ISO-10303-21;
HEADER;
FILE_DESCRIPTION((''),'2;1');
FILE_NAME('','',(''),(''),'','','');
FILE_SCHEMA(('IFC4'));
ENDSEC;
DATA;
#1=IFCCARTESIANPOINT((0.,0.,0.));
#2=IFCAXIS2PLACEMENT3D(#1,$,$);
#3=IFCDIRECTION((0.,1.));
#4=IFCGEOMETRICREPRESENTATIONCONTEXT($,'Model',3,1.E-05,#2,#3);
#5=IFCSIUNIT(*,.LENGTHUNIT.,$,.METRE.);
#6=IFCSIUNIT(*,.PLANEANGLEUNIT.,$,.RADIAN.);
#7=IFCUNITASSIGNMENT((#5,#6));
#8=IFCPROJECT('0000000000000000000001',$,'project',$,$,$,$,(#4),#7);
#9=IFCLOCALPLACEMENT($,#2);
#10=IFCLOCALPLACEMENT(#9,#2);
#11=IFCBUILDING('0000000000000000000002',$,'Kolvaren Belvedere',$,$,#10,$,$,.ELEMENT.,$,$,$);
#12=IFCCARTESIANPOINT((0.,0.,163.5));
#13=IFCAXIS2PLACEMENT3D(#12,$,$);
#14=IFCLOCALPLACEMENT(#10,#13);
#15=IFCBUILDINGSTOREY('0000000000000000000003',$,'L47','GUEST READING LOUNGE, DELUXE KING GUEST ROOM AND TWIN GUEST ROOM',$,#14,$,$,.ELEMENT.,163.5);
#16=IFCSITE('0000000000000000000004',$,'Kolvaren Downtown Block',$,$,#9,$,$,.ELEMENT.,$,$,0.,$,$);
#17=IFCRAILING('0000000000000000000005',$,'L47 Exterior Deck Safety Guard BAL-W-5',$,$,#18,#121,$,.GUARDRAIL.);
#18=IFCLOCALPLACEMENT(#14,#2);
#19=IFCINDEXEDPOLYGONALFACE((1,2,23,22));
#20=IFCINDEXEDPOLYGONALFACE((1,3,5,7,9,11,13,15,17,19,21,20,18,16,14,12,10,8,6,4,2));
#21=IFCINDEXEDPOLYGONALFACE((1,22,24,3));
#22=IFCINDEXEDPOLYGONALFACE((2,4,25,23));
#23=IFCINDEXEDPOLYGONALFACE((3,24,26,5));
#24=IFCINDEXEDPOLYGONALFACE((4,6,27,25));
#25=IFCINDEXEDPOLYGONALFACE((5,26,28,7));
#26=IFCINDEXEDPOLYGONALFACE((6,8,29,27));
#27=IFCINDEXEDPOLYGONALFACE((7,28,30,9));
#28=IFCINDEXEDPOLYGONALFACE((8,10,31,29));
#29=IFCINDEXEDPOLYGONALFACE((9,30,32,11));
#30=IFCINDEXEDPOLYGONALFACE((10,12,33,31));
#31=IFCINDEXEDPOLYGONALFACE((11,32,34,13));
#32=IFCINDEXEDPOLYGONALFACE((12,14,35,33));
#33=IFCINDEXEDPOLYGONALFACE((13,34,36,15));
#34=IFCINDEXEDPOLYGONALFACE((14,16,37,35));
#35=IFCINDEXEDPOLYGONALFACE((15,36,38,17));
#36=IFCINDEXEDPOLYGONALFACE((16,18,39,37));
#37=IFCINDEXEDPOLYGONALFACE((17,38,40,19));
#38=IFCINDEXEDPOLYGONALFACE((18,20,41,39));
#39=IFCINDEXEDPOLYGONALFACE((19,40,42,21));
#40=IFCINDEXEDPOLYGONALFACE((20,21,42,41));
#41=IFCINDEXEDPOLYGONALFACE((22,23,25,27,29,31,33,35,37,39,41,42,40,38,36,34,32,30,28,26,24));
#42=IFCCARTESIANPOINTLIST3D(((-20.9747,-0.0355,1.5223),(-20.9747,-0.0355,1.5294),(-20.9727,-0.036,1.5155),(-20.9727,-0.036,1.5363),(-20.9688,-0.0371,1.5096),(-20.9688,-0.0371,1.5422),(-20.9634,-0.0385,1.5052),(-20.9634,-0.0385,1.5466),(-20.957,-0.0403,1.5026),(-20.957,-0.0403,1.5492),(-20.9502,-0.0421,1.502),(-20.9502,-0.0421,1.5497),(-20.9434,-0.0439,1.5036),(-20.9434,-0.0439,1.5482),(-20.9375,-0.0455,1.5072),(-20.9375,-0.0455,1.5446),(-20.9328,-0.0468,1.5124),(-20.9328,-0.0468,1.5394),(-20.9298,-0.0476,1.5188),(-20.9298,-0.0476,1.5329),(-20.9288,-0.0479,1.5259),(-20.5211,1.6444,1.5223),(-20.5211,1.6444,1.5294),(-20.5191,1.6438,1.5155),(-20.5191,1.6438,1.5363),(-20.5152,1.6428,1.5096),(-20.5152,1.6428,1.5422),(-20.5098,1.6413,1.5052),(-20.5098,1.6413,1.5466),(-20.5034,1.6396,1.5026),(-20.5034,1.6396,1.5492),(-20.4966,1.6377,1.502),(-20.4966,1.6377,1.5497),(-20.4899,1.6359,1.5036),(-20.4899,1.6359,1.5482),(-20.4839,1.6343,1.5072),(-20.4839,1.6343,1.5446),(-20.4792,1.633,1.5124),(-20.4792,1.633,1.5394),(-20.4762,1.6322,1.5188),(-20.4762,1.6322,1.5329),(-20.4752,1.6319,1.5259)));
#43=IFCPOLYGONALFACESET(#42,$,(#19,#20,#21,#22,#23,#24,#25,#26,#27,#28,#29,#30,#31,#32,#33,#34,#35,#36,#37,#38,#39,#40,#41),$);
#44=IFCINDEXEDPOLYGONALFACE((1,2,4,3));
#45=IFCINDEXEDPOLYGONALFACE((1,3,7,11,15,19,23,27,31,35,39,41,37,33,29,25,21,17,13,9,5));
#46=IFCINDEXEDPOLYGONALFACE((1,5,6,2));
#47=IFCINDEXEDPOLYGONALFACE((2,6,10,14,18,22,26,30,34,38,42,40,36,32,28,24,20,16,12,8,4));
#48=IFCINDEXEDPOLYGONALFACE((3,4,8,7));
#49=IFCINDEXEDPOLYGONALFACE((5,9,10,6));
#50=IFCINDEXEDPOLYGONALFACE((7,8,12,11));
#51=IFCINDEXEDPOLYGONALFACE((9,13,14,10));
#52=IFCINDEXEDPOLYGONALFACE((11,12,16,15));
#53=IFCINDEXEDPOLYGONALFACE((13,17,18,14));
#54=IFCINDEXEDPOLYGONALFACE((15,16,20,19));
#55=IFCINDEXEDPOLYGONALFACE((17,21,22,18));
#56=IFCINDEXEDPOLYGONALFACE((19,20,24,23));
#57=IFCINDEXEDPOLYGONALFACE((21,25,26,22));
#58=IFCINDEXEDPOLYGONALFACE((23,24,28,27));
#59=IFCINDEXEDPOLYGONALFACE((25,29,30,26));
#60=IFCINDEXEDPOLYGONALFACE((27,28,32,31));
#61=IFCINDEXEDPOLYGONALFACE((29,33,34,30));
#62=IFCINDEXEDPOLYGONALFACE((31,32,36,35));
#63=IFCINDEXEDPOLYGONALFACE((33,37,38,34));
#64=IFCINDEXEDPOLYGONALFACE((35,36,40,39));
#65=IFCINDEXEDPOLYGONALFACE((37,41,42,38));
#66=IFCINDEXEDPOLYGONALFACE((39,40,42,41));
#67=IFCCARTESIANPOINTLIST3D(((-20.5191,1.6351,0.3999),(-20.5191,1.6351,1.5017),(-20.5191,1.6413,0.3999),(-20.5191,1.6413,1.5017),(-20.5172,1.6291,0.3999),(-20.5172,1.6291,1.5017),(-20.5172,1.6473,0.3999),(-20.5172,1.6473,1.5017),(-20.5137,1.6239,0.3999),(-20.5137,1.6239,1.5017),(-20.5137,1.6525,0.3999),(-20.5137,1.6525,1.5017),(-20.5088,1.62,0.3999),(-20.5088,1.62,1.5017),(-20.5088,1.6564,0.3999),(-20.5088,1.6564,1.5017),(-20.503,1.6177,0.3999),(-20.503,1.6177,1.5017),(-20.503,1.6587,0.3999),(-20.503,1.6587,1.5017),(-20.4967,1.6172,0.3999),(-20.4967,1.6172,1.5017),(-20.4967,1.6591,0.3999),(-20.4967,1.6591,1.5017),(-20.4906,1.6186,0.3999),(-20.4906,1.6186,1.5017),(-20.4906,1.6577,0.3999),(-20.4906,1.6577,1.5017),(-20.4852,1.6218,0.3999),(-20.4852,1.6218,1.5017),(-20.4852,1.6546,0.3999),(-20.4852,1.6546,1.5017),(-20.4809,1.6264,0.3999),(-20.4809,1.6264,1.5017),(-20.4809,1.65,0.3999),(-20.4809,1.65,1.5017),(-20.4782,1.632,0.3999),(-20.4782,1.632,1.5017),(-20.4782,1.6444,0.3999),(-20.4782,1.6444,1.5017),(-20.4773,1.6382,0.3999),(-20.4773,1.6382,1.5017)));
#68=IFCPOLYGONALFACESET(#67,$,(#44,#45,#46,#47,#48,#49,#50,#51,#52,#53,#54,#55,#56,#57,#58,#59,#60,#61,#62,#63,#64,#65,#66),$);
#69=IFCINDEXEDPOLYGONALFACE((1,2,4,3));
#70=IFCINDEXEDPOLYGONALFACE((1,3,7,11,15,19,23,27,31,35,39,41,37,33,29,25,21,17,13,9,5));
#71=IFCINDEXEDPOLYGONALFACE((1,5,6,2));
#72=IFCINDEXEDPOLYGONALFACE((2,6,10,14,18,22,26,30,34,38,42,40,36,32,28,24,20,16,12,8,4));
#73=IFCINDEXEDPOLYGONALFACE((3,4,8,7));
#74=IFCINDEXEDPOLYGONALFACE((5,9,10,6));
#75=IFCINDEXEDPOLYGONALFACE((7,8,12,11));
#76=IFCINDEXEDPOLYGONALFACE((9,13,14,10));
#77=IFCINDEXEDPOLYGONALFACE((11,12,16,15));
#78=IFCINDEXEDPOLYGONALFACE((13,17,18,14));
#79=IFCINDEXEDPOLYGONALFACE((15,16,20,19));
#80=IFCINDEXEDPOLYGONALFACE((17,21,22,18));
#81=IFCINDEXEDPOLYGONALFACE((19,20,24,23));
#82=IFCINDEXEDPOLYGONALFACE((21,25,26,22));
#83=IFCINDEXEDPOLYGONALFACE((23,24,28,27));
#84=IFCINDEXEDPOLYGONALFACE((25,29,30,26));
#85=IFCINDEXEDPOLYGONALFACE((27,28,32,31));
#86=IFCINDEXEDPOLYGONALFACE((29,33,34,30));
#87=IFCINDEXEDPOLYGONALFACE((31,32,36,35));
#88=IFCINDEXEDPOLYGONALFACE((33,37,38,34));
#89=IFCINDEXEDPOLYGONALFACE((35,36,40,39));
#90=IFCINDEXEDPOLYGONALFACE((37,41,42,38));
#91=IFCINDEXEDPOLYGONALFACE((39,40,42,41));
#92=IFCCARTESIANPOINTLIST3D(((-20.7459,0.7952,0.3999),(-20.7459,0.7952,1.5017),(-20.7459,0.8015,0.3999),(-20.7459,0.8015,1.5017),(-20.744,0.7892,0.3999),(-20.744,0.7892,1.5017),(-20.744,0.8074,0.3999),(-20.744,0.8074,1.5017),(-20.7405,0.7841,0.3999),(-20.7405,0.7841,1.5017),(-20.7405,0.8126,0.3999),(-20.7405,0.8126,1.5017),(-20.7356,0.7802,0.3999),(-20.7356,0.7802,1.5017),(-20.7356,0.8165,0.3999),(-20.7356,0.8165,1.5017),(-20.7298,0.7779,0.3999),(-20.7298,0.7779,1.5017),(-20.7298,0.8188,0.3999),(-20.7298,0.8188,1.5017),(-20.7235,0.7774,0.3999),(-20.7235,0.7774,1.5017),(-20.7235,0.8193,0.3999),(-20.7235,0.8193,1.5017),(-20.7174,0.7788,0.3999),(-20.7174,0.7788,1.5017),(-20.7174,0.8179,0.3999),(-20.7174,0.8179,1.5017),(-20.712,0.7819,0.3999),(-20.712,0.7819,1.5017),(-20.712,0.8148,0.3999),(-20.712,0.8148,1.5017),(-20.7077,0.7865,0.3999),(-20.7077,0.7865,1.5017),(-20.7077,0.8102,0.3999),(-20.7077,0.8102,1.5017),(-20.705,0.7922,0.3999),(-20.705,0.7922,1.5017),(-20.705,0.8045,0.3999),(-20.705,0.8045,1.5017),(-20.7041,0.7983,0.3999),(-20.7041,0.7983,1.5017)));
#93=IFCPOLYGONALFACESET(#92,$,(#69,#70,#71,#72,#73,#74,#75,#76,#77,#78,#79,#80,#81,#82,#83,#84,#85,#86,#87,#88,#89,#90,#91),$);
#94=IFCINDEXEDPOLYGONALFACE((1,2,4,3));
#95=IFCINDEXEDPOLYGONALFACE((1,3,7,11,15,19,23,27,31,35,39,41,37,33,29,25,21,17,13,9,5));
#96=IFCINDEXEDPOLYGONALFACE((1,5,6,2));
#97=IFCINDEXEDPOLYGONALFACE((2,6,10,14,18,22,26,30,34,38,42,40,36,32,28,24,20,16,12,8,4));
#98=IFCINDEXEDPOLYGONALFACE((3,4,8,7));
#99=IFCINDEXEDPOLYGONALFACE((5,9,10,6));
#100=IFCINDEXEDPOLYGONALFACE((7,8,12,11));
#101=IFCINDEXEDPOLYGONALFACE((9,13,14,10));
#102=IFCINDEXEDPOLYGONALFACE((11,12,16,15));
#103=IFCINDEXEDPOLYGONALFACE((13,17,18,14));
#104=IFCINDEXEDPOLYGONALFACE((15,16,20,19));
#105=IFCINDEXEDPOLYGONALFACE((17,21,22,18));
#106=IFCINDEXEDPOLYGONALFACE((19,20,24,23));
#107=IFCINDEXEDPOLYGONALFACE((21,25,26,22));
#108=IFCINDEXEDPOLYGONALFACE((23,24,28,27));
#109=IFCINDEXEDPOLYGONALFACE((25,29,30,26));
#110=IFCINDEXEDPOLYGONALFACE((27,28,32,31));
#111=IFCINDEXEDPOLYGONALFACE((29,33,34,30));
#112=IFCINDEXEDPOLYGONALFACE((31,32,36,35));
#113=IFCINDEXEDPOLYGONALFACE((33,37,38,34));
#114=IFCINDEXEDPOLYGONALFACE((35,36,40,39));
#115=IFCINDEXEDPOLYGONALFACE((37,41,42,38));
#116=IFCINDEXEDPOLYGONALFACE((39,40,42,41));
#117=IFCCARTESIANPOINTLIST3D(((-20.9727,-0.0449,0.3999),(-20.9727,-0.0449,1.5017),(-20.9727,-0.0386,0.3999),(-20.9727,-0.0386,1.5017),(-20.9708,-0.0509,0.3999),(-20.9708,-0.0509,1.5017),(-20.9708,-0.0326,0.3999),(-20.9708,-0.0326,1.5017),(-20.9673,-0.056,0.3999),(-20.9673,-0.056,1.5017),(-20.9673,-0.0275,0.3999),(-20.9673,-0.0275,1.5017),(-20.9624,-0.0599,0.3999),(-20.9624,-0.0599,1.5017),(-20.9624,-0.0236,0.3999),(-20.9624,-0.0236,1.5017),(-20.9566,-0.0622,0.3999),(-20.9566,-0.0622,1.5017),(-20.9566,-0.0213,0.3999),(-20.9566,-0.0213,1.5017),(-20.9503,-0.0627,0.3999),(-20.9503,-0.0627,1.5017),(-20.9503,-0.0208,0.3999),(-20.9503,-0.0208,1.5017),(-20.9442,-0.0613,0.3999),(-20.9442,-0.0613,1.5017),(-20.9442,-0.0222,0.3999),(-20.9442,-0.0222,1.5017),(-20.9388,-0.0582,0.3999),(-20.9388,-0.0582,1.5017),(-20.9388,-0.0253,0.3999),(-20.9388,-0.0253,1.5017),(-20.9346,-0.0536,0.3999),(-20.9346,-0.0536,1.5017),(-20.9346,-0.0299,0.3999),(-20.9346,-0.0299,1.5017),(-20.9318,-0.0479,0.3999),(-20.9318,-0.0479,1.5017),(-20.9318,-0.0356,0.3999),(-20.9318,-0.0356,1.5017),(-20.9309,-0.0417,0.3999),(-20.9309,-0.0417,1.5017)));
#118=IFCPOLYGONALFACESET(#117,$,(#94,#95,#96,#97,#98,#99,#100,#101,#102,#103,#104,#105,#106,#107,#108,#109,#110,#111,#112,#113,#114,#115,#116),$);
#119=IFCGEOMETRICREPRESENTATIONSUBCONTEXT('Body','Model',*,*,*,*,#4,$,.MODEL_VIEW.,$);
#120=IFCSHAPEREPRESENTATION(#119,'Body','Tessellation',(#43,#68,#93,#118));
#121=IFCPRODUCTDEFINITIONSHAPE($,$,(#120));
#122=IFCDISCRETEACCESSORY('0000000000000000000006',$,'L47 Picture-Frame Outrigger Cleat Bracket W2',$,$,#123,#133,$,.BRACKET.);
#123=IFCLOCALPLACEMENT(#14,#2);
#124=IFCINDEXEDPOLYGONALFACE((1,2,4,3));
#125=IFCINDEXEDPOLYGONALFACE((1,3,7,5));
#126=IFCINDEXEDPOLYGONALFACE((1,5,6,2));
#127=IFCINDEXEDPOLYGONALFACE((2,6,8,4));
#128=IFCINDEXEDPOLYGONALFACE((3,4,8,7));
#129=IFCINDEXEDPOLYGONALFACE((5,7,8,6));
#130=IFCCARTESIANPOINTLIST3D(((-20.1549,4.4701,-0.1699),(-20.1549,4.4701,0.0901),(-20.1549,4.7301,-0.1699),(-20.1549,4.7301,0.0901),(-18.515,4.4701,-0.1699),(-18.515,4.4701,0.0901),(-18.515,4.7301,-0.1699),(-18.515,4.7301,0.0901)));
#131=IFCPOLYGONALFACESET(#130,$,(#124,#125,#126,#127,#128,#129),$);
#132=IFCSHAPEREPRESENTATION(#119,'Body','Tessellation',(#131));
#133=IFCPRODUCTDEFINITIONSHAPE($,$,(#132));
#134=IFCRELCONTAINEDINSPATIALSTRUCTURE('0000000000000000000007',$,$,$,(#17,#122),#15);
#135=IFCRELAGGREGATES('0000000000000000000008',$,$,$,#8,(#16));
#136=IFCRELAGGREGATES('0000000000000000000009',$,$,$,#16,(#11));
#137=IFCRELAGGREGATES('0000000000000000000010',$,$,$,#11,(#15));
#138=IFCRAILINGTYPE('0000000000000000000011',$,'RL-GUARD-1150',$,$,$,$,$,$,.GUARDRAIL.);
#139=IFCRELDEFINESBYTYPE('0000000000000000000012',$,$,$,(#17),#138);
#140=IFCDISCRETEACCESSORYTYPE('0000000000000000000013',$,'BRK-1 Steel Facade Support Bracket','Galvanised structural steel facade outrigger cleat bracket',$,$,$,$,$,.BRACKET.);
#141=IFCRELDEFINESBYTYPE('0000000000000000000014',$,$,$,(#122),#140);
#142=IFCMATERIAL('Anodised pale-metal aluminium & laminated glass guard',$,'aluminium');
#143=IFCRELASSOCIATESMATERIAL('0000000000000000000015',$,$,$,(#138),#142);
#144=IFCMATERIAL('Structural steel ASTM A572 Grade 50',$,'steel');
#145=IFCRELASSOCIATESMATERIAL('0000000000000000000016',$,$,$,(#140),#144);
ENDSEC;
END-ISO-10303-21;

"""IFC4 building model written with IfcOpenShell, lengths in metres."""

from ifc_helpers import new_model, si_unit, direction, frame, origin, origin_2d, place, context, subcontext, project, spatial, rectangle, circle, extrude, material, type_object, element, save


model = new_model("IFC4")

# Units and contexts
model_context = context("Model", 3, precision=1e-05, world=origin(), true_north=direction((0.0, 1.0)))
body_context = subcontext(model_context, "Body", "Model", "MODEL_VIEW")
ifc_project = project(units=[si_unit("LENGTHUNIT", "METRE"), si_unit("PLANEANGLEUNIT", "RADIAN")], contexts=[model_context])

# Site, building, storey
site_placement = place(None, origin())
site = spatial("IfcSite", under=ifc_project, at=site_placement, Name="Kolvaren Downtown Block", CompositionType="ELEMENT", RefElevation=0.0)
building_placement = place(site_placement, origin())
building = spatial("IfcBuilding", under=site, at=building_placement, Name="Kolvaren Belvedere", CompositionType="ELEMENT")
storey_placement = place(building_placement, frame((0.0, 0.0, 163.5)))
storey = spatial("IfcBuildingStorey", under=building, at=storey_placement, Name="L47", Description="GUEST READING LOUNGE, DELUXE KING GUEST ROOM AND TWIN GUEST ROOM", CompositionType="ELEMENT", Elevation=163.5)

# Railing
ifc_material_1 = material(Name="Anodised pale-metal aluminium & laminated glass guard", Category="aluminium")
railing_type = type_object("IfcRailingType", Name="RL-GUARD-1150", PredefinedType="GUARDRAIL", material=ifc_material_1)
railing_1_placement = place(storey_placement, frame((-20.4983, 1.6382, 0.3999)))
element("IfcRailing", 1, at=railing_1_placement, inside=storey, type_object=railing_type, Name="L47 Exterior Deck Safety Guard BAL-W-5", PredefinedType="GUARDRAIL", context=body_context, shape_type="SweptSolid", body=[
    extrude(circle(Radius=0.0239, at=origin_2d()), frame((0.0, 0.0, 1.126), z_axis=(-0.260683, -0.965424, 0.0), x_axis=(0.965424, -0.260683, 0.0)), (0.0, 0.0, 1.0), 1.74),
    extrude(circle(Radius=0.021, at=origin_2d()), origin(), (0.0, 0.0, 1.0), 1.1018),
    extrude(circle(Radius=0.021, at=origin_2d()), frame((-0.2268, -0.8398, 0.0)), (0.0, 0.0, 1.0), 1.1018),
    extrude(circle(Radius=0.021, at=origin_2d()), frame((-0.4536, -1.6799, 0.0)), (0.0, 0.0, 1.0), 1.1018),
])

# Discrete accessory
ifc_material_2 = material(Name="Structural steel ASTM A572 Grade 50", Category="steel")
discrete_accessory_type = type_object("IfcDiscreteAccessoryType", Name="BRK-1 Steel Facade Support Bracket", Description="Galvanised structural steel facade outrigger cleat bracket", PredefinedType="BRACKET", material=ifc_material_2)
discrete_accessory_placement = place(storey_placement, frame((-19.335, 4.6001, -0.1699), z_axis=(0.0, 0.0, 1.0), x_axis=(1.0, 0.0, 0.0)))
element("IfcDiscreteAccessory", 2, at=discrete_accessory_placement, inside=storey, type_object=discrete_accessory_type, Name="L47 Picture-Frame Outrigger Cleat Bracket W2", PredefinedType="BRACKET", context=body_context, shape_type="SweptSolid", body=[
    extrude(rectangle(XDim=1.6399, YDim=0.26, at=origin_2d()), origin(), (0.0, 0.0, 1.0), 0.26),
])

save(model, "model.ifc")
